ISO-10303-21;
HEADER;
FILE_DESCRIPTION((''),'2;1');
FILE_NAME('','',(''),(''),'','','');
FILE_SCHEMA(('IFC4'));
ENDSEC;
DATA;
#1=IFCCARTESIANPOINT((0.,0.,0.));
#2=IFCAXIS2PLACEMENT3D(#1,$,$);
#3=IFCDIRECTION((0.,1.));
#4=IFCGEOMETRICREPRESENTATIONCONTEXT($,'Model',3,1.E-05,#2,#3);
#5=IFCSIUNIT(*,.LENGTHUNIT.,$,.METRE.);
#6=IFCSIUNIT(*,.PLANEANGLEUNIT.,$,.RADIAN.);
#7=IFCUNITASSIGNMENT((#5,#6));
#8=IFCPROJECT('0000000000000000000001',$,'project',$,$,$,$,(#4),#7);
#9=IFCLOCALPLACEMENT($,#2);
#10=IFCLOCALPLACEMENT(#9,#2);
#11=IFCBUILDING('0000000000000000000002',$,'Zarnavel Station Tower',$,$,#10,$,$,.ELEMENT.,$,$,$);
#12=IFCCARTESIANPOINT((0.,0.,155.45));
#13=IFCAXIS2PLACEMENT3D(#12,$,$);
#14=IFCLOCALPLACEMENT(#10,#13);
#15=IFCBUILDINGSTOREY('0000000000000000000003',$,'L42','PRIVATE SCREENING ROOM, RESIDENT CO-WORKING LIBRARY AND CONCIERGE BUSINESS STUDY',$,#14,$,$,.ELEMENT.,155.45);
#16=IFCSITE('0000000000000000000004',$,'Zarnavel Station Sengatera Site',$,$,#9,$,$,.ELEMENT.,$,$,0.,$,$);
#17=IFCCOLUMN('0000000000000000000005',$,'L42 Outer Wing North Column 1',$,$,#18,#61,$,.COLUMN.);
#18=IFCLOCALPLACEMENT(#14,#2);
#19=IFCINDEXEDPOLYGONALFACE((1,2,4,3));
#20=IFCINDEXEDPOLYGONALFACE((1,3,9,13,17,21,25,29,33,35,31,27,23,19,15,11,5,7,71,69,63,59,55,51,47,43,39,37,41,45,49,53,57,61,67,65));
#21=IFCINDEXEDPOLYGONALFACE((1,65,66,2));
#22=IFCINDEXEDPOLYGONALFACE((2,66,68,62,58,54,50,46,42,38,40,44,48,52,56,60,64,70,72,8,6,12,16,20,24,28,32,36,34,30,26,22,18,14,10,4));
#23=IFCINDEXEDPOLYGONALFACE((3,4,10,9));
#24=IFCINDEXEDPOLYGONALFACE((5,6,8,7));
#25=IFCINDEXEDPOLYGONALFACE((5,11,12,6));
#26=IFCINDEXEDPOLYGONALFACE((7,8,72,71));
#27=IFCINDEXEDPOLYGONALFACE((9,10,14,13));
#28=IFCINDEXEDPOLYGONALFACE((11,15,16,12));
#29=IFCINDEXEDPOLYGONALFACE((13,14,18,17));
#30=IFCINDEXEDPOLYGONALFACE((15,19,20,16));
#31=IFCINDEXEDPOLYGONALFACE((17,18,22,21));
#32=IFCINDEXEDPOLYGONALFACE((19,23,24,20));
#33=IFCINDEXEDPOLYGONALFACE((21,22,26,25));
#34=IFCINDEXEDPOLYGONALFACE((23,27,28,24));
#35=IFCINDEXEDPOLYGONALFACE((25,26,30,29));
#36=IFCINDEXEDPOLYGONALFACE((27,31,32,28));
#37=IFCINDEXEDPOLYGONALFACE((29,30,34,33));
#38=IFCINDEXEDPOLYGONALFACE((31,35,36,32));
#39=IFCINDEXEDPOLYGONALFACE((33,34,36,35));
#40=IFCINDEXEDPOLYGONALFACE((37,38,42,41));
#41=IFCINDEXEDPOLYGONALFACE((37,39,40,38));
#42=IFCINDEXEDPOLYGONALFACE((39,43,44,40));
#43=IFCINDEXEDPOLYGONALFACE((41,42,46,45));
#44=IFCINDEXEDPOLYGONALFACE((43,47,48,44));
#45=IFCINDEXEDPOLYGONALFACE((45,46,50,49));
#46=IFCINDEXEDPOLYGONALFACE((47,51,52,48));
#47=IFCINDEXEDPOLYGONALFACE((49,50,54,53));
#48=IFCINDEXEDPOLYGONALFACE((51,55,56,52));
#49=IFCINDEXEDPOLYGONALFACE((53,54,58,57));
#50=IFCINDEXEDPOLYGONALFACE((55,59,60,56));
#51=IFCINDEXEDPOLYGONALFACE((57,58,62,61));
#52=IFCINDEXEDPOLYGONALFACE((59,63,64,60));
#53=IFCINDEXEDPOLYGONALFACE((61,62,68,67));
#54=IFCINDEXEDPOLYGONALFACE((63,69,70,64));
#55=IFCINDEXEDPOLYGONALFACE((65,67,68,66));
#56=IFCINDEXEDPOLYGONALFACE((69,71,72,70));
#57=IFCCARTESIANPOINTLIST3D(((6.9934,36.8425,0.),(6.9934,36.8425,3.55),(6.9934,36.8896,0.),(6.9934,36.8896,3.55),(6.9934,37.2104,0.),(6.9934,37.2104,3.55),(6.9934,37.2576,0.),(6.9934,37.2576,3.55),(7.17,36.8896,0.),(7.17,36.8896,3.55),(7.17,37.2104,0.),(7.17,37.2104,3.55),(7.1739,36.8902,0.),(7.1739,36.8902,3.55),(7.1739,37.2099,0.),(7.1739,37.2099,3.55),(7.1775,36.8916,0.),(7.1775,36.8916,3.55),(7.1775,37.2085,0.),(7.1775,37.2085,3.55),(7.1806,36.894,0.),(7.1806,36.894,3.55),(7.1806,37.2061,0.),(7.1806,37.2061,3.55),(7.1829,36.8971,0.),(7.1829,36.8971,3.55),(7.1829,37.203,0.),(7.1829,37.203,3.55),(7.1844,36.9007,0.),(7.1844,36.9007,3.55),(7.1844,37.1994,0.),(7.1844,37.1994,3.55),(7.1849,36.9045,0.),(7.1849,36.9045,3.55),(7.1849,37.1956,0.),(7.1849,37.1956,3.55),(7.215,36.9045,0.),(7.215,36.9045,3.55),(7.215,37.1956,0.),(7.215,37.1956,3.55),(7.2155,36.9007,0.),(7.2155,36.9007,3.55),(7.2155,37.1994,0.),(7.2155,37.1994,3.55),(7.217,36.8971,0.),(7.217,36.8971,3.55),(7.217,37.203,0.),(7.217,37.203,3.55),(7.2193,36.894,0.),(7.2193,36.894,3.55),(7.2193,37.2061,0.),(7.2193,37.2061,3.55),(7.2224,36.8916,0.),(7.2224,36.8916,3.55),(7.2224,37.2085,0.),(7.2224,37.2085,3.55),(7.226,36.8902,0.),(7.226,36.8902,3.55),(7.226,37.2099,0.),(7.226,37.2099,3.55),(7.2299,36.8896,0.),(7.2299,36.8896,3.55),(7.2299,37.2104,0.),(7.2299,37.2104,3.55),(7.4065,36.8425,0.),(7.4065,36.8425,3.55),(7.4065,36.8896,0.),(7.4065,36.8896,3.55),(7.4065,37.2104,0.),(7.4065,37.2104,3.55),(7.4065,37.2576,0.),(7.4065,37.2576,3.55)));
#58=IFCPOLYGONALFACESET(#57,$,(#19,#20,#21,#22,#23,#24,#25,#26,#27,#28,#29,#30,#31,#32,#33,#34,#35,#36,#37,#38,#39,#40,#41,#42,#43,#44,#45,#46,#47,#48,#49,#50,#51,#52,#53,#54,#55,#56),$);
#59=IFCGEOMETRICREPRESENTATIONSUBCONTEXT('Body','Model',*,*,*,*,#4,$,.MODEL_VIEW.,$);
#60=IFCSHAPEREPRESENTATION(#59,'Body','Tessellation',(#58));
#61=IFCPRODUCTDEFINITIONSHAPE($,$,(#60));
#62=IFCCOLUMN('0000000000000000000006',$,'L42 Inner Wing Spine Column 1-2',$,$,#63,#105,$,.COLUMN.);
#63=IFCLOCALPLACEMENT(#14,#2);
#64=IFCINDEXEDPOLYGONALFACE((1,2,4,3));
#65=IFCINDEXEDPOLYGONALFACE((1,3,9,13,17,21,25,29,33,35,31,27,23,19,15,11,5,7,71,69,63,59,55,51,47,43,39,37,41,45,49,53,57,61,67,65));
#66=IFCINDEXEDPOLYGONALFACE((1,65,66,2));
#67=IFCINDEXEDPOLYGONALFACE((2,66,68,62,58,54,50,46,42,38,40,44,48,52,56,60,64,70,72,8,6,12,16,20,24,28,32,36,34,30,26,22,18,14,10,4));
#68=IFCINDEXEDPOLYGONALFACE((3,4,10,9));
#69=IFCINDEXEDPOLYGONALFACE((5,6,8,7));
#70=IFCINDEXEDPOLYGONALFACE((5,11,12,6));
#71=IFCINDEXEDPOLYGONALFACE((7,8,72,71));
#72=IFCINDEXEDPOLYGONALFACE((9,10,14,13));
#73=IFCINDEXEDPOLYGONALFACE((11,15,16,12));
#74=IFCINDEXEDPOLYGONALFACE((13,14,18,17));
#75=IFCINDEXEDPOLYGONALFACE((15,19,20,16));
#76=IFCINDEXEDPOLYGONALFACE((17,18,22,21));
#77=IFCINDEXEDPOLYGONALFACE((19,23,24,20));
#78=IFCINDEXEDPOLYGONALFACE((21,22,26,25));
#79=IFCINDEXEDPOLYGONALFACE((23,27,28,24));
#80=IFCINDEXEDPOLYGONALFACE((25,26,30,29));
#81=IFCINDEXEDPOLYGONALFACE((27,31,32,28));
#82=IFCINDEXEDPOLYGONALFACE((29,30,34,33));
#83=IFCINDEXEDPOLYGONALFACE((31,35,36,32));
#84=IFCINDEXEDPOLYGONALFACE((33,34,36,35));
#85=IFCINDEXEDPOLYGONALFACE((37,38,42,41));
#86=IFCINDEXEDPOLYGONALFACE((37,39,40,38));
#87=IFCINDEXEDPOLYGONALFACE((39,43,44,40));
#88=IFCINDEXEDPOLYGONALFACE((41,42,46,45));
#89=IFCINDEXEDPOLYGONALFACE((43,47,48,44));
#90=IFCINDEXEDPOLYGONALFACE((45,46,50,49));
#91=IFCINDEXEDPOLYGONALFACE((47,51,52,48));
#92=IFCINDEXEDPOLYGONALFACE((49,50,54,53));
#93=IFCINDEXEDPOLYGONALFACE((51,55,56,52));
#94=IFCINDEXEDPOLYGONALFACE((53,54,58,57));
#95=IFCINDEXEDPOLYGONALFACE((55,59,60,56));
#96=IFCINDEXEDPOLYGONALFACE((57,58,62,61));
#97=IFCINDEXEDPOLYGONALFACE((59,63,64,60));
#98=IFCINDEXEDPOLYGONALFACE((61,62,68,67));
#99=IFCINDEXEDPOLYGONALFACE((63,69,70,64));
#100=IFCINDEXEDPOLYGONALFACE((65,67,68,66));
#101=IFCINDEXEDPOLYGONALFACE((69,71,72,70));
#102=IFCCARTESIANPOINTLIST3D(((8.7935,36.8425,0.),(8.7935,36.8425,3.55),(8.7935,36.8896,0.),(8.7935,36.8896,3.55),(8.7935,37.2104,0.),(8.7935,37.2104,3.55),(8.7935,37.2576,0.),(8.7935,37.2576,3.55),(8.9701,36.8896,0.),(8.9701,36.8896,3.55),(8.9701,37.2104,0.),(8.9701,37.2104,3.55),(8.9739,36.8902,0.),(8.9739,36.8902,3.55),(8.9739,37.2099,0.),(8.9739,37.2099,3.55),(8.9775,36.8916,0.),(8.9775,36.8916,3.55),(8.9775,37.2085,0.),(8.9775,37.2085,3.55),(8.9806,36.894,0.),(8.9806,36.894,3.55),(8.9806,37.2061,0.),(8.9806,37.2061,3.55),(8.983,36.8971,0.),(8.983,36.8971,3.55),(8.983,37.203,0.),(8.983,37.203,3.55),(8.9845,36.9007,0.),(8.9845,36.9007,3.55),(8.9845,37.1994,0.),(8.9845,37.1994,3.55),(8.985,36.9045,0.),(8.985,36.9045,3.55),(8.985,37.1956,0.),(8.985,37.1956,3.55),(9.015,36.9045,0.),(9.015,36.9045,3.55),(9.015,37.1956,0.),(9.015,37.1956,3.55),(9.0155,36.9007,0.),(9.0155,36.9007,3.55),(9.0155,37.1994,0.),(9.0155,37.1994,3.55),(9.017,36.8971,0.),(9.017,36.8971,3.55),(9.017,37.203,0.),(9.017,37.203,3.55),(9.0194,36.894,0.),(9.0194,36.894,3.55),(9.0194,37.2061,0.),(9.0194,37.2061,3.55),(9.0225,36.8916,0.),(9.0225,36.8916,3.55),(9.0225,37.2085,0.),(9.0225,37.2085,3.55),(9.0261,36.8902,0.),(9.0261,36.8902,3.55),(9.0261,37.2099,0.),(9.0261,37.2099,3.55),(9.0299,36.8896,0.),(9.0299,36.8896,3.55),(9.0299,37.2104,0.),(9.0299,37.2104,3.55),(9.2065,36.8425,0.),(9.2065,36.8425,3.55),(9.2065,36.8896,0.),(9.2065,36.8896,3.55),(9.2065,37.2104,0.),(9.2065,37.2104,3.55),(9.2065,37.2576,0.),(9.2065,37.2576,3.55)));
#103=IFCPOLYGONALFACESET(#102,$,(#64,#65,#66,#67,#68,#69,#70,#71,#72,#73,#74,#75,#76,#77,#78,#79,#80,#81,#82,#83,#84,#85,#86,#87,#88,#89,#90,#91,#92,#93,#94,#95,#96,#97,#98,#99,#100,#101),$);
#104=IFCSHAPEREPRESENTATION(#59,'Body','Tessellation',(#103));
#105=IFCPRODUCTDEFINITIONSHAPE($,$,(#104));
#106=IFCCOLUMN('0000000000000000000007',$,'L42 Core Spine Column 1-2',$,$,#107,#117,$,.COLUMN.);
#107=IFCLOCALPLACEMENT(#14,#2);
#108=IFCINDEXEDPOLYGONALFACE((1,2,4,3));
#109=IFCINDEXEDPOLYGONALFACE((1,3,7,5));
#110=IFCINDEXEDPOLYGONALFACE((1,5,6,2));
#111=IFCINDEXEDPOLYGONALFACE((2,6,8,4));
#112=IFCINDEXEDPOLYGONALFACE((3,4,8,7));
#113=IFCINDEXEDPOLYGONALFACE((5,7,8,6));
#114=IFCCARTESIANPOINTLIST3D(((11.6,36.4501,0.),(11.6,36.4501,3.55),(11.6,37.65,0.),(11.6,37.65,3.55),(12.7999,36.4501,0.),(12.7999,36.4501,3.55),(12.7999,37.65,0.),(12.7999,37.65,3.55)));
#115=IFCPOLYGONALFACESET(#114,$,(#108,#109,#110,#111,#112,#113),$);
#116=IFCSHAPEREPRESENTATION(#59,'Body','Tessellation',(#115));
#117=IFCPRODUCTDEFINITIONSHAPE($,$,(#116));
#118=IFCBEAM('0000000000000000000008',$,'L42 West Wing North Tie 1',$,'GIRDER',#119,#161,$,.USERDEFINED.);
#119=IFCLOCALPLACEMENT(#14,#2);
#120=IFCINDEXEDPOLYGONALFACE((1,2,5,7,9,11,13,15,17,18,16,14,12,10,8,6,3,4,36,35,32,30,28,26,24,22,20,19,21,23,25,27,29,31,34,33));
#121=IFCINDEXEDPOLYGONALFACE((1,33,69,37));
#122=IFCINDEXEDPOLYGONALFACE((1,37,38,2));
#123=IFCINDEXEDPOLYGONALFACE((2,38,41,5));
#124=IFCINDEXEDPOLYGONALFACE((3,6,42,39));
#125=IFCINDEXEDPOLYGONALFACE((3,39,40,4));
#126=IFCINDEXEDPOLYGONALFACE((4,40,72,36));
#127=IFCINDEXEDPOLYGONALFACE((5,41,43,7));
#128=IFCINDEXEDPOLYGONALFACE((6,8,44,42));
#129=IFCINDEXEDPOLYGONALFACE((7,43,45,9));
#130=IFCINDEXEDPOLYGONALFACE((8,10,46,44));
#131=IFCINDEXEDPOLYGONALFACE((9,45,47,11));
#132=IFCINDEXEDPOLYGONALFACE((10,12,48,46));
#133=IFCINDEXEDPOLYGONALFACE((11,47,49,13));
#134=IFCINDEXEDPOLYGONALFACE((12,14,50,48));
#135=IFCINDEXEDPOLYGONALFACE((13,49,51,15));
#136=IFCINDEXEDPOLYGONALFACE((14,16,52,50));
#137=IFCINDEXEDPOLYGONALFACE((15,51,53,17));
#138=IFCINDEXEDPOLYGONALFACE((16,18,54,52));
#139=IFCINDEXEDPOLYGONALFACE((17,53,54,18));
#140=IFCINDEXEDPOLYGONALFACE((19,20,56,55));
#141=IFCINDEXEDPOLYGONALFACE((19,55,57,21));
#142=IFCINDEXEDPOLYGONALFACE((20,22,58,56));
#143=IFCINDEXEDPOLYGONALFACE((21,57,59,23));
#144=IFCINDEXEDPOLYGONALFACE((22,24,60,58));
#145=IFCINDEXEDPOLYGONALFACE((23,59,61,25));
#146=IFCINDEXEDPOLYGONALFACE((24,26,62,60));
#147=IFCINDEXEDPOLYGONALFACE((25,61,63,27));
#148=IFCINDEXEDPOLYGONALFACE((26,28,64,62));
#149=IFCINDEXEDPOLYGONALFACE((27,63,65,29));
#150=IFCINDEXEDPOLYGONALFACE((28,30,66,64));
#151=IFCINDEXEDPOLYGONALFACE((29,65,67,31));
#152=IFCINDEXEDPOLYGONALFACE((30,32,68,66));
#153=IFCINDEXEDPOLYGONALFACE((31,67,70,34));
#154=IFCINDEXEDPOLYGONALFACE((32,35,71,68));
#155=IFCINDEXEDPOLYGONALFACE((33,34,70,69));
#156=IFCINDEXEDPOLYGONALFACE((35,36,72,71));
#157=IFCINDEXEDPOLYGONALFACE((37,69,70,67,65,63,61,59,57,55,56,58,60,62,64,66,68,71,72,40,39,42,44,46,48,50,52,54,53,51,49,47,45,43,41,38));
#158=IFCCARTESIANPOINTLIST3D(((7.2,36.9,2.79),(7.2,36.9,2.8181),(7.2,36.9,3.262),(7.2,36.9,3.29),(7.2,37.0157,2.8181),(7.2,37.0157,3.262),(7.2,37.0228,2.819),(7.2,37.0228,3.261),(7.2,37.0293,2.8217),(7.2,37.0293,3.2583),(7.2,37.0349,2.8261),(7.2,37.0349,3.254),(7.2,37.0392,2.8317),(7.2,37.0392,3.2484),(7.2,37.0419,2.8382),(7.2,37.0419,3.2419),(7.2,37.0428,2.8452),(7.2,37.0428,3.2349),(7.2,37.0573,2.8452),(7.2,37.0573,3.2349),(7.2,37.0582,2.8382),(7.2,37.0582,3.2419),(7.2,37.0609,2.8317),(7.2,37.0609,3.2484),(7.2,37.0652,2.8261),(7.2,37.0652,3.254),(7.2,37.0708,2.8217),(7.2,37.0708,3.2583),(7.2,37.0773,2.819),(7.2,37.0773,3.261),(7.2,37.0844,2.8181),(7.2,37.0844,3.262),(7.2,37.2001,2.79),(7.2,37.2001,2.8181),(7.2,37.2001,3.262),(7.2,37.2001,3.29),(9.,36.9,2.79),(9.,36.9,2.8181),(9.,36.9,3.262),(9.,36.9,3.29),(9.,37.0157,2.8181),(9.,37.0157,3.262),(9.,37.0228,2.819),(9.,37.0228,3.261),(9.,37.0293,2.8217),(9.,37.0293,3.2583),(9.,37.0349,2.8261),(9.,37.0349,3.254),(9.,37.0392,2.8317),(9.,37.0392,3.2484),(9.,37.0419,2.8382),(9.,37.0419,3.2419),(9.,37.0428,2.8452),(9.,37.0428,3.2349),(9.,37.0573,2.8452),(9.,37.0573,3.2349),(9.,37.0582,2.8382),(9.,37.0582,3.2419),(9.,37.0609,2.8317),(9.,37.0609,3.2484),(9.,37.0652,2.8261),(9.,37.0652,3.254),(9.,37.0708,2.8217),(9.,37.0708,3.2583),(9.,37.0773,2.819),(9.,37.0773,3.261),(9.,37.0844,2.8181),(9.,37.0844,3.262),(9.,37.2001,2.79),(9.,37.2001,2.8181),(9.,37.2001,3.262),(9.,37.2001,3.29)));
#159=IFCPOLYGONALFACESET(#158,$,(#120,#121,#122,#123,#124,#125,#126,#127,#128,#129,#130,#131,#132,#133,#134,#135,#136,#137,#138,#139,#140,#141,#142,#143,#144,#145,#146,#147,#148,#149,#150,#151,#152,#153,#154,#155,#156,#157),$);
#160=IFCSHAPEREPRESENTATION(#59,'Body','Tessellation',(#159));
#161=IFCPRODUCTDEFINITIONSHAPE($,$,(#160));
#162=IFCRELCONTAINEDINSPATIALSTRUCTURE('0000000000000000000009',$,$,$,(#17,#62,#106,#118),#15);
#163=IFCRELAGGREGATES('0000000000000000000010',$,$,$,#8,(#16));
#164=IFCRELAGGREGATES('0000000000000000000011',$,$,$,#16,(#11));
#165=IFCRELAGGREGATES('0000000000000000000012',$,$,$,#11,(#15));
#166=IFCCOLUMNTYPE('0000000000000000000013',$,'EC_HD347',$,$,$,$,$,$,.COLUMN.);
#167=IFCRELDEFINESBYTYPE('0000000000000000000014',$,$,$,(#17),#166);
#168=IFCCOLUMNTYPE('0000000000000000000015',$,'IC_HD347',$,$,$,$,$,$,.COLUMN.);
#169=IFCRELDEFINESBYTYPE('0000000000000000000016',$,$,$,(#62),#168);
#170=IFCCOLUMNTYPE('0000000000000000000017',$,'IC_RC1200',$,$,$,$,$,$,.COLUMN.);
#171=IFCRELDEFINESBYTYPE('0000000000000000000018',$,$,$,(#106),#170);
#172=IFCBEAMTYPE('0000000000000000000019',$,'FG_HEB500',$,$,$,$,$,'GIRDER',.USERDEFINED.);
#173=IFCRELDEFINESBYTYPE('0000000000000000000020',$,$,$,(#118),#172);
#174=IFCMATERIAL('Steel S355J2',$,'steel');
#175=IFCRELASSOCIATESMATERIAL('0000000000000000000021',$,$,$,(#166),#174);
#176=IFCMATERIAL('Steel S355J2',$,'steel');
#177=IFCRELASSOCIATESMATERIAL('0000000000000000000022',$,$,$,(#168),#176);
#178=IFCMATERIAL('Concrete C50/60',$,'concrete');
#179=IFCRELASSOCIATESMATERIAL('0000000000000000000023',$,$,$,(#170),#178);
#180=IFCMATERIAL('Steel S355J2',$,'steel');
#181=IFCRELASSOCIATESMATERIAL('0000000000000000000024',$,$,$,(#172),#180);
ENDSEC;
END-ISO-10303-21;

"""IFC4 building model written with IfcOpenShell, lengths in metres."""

from ifc_helpers import new_model, si_unit, direction, frame, origin, origin_2d, place, context, subcontext, project, spatial, rectangle, i_section, extrude, material, material_profile, profile_set, type_object, element, save


model = new_model("IFC4")

# Units and contexts
model_context = context("Model", 3, precision=1e-05, world=origin(), true_north=direction((0.0, 1.0)))
body_context = subcontext(model_context, "Body", "Model", "MODEL_VIEW")
ifc_project = project(units=[si_unit("LENGTHUNIT", "METRE"), si_unit("PLANEANGLEUNIT", "RADIAN")], contexts=[model_context])

# Site, building, storey
site_placement = place(None, origin())
site = spatial("IfcSite", under=ifc_project, at=site_placement, Name="Zarnavel Station Sengatera Site", CompositionType="ELEMENT", RefElevation=0.0)
building_placement = place(site_placement, origin())
building = spatial("IfcBuilding", under=site, at=building_placement, Name="Zarnavel Station Tower", CompositionType="ELEMENT")
storey_placement = place(building_placement, frame((0.0, 0.0, 155.45)))
storey = spatial("IfcBuildingStorey", under=building, at=storey_placement, Name="L42", Description="PRIVATE SCREENING ROOM, RESIDENT CO-WORKING LIBRARY AND CONCIERGE BUSINESS STUDY", CompositionType="ELEMENT", Elevation=155.45)

# Columns
ifc_material_1 = material(Name="Steel S355J2", Category="steel")
ifc_material_profile_1 = material_profile(ifc_material_1, i_section(OverallWidth=0.4131, OverallDepth=0.415, WebThickness=0.03, FlangeThickness=0.0471, FilletRadius=0.0149, at=origin_2d()), Name="HD400x347")
ifc_profile_set_1 = profile_set([ifc_material_profile_1], Name="Steel S355J2")
column_type_1 = type_object("IfcColumnType", Name="EC_HD347", PredefinedType="COLUMN", material=ifc_profile_set_1)
column_1_placement = place(storey_placement, frame((7.2, 37.05, 0.0), z_axis=(0.0, 0.0, 1.0), x_axis=(1.0, 0.0, 0.0)))
element("IfcColumn", 1, at=column_1_placement, inside=storey, type_object=column_type_1, Name="L42 Outer Wing North Column 1", PredefinedType="COLUMN", context=body_context, shape_type="SweptSolid", body=[
    extrude(i_section(OverallWidth=0.4131, OverallDepth=0.415, WebThickness=0.03, FlangeThickness=0.0471, FilletRadius=0.0149, at=origin_2d()), origin(), (0.0, 0.0, 1.0), 3.55),
])
ifc_material_2 = material(Name="Steel S355J2", Category="steel")
ifc_material_profile_2 = material_profile(ifc_material_2, i_section(OverallWidth=0.4131, OverallDepth=0.415, WebThickness=0.03, FlangeThickness=0.0471, FilletRadius=0.0149, at=origin_2d()), Name="HD400x347")
ifc_profile_set_2 = profile_set([ifc_material_profile_2], Name="Steel S355J2")
column_type_2 = type_object("IfcColumnType", Name="IC_HD347", PredefinedType="COLUMN", material=ifc_profile_set_2)
column_2_placement = place(storey_placement, frame((9.0, 37.05, 0.0), z_axis=(0.0, 0.0, 1.0), x_axis=(1.0, 0.0, 0.0)))
element("IfcColumn", 2, at=column_2_placement, inside=storey, type_object=column_type_2, Name="L42 Inner Wing Spine Column 1-2", PredefinedType="COLUMN", context=body_context, shape_type="SweptSolid", body=[
    extrude(i_section(OverallWidth=0.4131, OverallDepth=0.415, WebThickness=0.03, FlangeThickness=0.0471, FilletRadius=0.0149, at=origin_2d()), origin(), (0.0, 0.0, 1.0), 3.55),
])
ifc_material_3 = material(Name="Concrete C50/60", Category="concrete")
ifc_material_profile_3 = material_profile(ifc_material_3, rectangle(XDim=1.2, YDim=1.2, at=origin_2d()), Name="RC1200x1200")
ifc_profile_set_3 = profile_set([ifc_material_profile_3], Name="Concrete C50/60")
column_type_3 = type_object("IfcColumnType", Name="IC_RC1200", PredefinedType="COLUMN", material=ifc_profile_set_3)
column_3_placement = place(storey_placement, frame((12.2, 37.05, 0.0), z_axis=(0.0, 0.0, 1.0), x_axis=(1.0, 0.0, 0.0)))
element("IfcColumn", 3, at=column_3_placement, inside=storey, type_object=column_type_3, Name="L42 Core Spine Column 1-2", PredefinedType="COLUMN", context=body_context, shape_type="SweptSolid", body=[
    extrude(rectangle(XDim=1.2, YDim=1.2, at=origin_2d()), origin(), (0.0, 0.0, 1.0), 3.55),
])

# Beam
ifc_material_4 = material(Name="Steel S355J2", Category="steel")
ifc_material_profile_4 = material_profile(ifc_material_4, i_section(OverallWidth=0.3, OverallDepth=0.5, WebThickness=0.0144, FlangeThickness=0.0281, FilletRadius=0.0271, at=origin_2d()), Name="HEB500")
ifc_profile_set_4 = profile_set([ifc_material_profile_4], Name="Steel S355J2")
beam_type = type_object("IfcBeamType", Name="FG_HEB500", ElementType="GIRDER", PredefinedType="USERDEFINED", material=ifc_profile_set_4)
beam_1_placement = place(storey_placement, frame((7.2, 37.05, 3.04), z_axis=(1.0, 0.0, 0.0), x_axis=(0.0, 1.0, 0.0)))
element("IfcBeam", 4, at=beam_1_placement, inside=storey, type_object=beam_type, Name="L42 West Wing North Tie 1", ObjectType="GIRDER", PredefinedType="USERDEFINED", context=body_context, shape_type="SweptSolid", body=[
    extrude(i_section(OverallWidth=0.3, OverallDepth=0.5, WebThickness=0.0144, FlangeThickness=0.0281, FilletRadius=0.0271, at=origin_2d()), origin(), (0.0, 0.0, 1.0), 1.8),
])

save(model, "model.ifc")
